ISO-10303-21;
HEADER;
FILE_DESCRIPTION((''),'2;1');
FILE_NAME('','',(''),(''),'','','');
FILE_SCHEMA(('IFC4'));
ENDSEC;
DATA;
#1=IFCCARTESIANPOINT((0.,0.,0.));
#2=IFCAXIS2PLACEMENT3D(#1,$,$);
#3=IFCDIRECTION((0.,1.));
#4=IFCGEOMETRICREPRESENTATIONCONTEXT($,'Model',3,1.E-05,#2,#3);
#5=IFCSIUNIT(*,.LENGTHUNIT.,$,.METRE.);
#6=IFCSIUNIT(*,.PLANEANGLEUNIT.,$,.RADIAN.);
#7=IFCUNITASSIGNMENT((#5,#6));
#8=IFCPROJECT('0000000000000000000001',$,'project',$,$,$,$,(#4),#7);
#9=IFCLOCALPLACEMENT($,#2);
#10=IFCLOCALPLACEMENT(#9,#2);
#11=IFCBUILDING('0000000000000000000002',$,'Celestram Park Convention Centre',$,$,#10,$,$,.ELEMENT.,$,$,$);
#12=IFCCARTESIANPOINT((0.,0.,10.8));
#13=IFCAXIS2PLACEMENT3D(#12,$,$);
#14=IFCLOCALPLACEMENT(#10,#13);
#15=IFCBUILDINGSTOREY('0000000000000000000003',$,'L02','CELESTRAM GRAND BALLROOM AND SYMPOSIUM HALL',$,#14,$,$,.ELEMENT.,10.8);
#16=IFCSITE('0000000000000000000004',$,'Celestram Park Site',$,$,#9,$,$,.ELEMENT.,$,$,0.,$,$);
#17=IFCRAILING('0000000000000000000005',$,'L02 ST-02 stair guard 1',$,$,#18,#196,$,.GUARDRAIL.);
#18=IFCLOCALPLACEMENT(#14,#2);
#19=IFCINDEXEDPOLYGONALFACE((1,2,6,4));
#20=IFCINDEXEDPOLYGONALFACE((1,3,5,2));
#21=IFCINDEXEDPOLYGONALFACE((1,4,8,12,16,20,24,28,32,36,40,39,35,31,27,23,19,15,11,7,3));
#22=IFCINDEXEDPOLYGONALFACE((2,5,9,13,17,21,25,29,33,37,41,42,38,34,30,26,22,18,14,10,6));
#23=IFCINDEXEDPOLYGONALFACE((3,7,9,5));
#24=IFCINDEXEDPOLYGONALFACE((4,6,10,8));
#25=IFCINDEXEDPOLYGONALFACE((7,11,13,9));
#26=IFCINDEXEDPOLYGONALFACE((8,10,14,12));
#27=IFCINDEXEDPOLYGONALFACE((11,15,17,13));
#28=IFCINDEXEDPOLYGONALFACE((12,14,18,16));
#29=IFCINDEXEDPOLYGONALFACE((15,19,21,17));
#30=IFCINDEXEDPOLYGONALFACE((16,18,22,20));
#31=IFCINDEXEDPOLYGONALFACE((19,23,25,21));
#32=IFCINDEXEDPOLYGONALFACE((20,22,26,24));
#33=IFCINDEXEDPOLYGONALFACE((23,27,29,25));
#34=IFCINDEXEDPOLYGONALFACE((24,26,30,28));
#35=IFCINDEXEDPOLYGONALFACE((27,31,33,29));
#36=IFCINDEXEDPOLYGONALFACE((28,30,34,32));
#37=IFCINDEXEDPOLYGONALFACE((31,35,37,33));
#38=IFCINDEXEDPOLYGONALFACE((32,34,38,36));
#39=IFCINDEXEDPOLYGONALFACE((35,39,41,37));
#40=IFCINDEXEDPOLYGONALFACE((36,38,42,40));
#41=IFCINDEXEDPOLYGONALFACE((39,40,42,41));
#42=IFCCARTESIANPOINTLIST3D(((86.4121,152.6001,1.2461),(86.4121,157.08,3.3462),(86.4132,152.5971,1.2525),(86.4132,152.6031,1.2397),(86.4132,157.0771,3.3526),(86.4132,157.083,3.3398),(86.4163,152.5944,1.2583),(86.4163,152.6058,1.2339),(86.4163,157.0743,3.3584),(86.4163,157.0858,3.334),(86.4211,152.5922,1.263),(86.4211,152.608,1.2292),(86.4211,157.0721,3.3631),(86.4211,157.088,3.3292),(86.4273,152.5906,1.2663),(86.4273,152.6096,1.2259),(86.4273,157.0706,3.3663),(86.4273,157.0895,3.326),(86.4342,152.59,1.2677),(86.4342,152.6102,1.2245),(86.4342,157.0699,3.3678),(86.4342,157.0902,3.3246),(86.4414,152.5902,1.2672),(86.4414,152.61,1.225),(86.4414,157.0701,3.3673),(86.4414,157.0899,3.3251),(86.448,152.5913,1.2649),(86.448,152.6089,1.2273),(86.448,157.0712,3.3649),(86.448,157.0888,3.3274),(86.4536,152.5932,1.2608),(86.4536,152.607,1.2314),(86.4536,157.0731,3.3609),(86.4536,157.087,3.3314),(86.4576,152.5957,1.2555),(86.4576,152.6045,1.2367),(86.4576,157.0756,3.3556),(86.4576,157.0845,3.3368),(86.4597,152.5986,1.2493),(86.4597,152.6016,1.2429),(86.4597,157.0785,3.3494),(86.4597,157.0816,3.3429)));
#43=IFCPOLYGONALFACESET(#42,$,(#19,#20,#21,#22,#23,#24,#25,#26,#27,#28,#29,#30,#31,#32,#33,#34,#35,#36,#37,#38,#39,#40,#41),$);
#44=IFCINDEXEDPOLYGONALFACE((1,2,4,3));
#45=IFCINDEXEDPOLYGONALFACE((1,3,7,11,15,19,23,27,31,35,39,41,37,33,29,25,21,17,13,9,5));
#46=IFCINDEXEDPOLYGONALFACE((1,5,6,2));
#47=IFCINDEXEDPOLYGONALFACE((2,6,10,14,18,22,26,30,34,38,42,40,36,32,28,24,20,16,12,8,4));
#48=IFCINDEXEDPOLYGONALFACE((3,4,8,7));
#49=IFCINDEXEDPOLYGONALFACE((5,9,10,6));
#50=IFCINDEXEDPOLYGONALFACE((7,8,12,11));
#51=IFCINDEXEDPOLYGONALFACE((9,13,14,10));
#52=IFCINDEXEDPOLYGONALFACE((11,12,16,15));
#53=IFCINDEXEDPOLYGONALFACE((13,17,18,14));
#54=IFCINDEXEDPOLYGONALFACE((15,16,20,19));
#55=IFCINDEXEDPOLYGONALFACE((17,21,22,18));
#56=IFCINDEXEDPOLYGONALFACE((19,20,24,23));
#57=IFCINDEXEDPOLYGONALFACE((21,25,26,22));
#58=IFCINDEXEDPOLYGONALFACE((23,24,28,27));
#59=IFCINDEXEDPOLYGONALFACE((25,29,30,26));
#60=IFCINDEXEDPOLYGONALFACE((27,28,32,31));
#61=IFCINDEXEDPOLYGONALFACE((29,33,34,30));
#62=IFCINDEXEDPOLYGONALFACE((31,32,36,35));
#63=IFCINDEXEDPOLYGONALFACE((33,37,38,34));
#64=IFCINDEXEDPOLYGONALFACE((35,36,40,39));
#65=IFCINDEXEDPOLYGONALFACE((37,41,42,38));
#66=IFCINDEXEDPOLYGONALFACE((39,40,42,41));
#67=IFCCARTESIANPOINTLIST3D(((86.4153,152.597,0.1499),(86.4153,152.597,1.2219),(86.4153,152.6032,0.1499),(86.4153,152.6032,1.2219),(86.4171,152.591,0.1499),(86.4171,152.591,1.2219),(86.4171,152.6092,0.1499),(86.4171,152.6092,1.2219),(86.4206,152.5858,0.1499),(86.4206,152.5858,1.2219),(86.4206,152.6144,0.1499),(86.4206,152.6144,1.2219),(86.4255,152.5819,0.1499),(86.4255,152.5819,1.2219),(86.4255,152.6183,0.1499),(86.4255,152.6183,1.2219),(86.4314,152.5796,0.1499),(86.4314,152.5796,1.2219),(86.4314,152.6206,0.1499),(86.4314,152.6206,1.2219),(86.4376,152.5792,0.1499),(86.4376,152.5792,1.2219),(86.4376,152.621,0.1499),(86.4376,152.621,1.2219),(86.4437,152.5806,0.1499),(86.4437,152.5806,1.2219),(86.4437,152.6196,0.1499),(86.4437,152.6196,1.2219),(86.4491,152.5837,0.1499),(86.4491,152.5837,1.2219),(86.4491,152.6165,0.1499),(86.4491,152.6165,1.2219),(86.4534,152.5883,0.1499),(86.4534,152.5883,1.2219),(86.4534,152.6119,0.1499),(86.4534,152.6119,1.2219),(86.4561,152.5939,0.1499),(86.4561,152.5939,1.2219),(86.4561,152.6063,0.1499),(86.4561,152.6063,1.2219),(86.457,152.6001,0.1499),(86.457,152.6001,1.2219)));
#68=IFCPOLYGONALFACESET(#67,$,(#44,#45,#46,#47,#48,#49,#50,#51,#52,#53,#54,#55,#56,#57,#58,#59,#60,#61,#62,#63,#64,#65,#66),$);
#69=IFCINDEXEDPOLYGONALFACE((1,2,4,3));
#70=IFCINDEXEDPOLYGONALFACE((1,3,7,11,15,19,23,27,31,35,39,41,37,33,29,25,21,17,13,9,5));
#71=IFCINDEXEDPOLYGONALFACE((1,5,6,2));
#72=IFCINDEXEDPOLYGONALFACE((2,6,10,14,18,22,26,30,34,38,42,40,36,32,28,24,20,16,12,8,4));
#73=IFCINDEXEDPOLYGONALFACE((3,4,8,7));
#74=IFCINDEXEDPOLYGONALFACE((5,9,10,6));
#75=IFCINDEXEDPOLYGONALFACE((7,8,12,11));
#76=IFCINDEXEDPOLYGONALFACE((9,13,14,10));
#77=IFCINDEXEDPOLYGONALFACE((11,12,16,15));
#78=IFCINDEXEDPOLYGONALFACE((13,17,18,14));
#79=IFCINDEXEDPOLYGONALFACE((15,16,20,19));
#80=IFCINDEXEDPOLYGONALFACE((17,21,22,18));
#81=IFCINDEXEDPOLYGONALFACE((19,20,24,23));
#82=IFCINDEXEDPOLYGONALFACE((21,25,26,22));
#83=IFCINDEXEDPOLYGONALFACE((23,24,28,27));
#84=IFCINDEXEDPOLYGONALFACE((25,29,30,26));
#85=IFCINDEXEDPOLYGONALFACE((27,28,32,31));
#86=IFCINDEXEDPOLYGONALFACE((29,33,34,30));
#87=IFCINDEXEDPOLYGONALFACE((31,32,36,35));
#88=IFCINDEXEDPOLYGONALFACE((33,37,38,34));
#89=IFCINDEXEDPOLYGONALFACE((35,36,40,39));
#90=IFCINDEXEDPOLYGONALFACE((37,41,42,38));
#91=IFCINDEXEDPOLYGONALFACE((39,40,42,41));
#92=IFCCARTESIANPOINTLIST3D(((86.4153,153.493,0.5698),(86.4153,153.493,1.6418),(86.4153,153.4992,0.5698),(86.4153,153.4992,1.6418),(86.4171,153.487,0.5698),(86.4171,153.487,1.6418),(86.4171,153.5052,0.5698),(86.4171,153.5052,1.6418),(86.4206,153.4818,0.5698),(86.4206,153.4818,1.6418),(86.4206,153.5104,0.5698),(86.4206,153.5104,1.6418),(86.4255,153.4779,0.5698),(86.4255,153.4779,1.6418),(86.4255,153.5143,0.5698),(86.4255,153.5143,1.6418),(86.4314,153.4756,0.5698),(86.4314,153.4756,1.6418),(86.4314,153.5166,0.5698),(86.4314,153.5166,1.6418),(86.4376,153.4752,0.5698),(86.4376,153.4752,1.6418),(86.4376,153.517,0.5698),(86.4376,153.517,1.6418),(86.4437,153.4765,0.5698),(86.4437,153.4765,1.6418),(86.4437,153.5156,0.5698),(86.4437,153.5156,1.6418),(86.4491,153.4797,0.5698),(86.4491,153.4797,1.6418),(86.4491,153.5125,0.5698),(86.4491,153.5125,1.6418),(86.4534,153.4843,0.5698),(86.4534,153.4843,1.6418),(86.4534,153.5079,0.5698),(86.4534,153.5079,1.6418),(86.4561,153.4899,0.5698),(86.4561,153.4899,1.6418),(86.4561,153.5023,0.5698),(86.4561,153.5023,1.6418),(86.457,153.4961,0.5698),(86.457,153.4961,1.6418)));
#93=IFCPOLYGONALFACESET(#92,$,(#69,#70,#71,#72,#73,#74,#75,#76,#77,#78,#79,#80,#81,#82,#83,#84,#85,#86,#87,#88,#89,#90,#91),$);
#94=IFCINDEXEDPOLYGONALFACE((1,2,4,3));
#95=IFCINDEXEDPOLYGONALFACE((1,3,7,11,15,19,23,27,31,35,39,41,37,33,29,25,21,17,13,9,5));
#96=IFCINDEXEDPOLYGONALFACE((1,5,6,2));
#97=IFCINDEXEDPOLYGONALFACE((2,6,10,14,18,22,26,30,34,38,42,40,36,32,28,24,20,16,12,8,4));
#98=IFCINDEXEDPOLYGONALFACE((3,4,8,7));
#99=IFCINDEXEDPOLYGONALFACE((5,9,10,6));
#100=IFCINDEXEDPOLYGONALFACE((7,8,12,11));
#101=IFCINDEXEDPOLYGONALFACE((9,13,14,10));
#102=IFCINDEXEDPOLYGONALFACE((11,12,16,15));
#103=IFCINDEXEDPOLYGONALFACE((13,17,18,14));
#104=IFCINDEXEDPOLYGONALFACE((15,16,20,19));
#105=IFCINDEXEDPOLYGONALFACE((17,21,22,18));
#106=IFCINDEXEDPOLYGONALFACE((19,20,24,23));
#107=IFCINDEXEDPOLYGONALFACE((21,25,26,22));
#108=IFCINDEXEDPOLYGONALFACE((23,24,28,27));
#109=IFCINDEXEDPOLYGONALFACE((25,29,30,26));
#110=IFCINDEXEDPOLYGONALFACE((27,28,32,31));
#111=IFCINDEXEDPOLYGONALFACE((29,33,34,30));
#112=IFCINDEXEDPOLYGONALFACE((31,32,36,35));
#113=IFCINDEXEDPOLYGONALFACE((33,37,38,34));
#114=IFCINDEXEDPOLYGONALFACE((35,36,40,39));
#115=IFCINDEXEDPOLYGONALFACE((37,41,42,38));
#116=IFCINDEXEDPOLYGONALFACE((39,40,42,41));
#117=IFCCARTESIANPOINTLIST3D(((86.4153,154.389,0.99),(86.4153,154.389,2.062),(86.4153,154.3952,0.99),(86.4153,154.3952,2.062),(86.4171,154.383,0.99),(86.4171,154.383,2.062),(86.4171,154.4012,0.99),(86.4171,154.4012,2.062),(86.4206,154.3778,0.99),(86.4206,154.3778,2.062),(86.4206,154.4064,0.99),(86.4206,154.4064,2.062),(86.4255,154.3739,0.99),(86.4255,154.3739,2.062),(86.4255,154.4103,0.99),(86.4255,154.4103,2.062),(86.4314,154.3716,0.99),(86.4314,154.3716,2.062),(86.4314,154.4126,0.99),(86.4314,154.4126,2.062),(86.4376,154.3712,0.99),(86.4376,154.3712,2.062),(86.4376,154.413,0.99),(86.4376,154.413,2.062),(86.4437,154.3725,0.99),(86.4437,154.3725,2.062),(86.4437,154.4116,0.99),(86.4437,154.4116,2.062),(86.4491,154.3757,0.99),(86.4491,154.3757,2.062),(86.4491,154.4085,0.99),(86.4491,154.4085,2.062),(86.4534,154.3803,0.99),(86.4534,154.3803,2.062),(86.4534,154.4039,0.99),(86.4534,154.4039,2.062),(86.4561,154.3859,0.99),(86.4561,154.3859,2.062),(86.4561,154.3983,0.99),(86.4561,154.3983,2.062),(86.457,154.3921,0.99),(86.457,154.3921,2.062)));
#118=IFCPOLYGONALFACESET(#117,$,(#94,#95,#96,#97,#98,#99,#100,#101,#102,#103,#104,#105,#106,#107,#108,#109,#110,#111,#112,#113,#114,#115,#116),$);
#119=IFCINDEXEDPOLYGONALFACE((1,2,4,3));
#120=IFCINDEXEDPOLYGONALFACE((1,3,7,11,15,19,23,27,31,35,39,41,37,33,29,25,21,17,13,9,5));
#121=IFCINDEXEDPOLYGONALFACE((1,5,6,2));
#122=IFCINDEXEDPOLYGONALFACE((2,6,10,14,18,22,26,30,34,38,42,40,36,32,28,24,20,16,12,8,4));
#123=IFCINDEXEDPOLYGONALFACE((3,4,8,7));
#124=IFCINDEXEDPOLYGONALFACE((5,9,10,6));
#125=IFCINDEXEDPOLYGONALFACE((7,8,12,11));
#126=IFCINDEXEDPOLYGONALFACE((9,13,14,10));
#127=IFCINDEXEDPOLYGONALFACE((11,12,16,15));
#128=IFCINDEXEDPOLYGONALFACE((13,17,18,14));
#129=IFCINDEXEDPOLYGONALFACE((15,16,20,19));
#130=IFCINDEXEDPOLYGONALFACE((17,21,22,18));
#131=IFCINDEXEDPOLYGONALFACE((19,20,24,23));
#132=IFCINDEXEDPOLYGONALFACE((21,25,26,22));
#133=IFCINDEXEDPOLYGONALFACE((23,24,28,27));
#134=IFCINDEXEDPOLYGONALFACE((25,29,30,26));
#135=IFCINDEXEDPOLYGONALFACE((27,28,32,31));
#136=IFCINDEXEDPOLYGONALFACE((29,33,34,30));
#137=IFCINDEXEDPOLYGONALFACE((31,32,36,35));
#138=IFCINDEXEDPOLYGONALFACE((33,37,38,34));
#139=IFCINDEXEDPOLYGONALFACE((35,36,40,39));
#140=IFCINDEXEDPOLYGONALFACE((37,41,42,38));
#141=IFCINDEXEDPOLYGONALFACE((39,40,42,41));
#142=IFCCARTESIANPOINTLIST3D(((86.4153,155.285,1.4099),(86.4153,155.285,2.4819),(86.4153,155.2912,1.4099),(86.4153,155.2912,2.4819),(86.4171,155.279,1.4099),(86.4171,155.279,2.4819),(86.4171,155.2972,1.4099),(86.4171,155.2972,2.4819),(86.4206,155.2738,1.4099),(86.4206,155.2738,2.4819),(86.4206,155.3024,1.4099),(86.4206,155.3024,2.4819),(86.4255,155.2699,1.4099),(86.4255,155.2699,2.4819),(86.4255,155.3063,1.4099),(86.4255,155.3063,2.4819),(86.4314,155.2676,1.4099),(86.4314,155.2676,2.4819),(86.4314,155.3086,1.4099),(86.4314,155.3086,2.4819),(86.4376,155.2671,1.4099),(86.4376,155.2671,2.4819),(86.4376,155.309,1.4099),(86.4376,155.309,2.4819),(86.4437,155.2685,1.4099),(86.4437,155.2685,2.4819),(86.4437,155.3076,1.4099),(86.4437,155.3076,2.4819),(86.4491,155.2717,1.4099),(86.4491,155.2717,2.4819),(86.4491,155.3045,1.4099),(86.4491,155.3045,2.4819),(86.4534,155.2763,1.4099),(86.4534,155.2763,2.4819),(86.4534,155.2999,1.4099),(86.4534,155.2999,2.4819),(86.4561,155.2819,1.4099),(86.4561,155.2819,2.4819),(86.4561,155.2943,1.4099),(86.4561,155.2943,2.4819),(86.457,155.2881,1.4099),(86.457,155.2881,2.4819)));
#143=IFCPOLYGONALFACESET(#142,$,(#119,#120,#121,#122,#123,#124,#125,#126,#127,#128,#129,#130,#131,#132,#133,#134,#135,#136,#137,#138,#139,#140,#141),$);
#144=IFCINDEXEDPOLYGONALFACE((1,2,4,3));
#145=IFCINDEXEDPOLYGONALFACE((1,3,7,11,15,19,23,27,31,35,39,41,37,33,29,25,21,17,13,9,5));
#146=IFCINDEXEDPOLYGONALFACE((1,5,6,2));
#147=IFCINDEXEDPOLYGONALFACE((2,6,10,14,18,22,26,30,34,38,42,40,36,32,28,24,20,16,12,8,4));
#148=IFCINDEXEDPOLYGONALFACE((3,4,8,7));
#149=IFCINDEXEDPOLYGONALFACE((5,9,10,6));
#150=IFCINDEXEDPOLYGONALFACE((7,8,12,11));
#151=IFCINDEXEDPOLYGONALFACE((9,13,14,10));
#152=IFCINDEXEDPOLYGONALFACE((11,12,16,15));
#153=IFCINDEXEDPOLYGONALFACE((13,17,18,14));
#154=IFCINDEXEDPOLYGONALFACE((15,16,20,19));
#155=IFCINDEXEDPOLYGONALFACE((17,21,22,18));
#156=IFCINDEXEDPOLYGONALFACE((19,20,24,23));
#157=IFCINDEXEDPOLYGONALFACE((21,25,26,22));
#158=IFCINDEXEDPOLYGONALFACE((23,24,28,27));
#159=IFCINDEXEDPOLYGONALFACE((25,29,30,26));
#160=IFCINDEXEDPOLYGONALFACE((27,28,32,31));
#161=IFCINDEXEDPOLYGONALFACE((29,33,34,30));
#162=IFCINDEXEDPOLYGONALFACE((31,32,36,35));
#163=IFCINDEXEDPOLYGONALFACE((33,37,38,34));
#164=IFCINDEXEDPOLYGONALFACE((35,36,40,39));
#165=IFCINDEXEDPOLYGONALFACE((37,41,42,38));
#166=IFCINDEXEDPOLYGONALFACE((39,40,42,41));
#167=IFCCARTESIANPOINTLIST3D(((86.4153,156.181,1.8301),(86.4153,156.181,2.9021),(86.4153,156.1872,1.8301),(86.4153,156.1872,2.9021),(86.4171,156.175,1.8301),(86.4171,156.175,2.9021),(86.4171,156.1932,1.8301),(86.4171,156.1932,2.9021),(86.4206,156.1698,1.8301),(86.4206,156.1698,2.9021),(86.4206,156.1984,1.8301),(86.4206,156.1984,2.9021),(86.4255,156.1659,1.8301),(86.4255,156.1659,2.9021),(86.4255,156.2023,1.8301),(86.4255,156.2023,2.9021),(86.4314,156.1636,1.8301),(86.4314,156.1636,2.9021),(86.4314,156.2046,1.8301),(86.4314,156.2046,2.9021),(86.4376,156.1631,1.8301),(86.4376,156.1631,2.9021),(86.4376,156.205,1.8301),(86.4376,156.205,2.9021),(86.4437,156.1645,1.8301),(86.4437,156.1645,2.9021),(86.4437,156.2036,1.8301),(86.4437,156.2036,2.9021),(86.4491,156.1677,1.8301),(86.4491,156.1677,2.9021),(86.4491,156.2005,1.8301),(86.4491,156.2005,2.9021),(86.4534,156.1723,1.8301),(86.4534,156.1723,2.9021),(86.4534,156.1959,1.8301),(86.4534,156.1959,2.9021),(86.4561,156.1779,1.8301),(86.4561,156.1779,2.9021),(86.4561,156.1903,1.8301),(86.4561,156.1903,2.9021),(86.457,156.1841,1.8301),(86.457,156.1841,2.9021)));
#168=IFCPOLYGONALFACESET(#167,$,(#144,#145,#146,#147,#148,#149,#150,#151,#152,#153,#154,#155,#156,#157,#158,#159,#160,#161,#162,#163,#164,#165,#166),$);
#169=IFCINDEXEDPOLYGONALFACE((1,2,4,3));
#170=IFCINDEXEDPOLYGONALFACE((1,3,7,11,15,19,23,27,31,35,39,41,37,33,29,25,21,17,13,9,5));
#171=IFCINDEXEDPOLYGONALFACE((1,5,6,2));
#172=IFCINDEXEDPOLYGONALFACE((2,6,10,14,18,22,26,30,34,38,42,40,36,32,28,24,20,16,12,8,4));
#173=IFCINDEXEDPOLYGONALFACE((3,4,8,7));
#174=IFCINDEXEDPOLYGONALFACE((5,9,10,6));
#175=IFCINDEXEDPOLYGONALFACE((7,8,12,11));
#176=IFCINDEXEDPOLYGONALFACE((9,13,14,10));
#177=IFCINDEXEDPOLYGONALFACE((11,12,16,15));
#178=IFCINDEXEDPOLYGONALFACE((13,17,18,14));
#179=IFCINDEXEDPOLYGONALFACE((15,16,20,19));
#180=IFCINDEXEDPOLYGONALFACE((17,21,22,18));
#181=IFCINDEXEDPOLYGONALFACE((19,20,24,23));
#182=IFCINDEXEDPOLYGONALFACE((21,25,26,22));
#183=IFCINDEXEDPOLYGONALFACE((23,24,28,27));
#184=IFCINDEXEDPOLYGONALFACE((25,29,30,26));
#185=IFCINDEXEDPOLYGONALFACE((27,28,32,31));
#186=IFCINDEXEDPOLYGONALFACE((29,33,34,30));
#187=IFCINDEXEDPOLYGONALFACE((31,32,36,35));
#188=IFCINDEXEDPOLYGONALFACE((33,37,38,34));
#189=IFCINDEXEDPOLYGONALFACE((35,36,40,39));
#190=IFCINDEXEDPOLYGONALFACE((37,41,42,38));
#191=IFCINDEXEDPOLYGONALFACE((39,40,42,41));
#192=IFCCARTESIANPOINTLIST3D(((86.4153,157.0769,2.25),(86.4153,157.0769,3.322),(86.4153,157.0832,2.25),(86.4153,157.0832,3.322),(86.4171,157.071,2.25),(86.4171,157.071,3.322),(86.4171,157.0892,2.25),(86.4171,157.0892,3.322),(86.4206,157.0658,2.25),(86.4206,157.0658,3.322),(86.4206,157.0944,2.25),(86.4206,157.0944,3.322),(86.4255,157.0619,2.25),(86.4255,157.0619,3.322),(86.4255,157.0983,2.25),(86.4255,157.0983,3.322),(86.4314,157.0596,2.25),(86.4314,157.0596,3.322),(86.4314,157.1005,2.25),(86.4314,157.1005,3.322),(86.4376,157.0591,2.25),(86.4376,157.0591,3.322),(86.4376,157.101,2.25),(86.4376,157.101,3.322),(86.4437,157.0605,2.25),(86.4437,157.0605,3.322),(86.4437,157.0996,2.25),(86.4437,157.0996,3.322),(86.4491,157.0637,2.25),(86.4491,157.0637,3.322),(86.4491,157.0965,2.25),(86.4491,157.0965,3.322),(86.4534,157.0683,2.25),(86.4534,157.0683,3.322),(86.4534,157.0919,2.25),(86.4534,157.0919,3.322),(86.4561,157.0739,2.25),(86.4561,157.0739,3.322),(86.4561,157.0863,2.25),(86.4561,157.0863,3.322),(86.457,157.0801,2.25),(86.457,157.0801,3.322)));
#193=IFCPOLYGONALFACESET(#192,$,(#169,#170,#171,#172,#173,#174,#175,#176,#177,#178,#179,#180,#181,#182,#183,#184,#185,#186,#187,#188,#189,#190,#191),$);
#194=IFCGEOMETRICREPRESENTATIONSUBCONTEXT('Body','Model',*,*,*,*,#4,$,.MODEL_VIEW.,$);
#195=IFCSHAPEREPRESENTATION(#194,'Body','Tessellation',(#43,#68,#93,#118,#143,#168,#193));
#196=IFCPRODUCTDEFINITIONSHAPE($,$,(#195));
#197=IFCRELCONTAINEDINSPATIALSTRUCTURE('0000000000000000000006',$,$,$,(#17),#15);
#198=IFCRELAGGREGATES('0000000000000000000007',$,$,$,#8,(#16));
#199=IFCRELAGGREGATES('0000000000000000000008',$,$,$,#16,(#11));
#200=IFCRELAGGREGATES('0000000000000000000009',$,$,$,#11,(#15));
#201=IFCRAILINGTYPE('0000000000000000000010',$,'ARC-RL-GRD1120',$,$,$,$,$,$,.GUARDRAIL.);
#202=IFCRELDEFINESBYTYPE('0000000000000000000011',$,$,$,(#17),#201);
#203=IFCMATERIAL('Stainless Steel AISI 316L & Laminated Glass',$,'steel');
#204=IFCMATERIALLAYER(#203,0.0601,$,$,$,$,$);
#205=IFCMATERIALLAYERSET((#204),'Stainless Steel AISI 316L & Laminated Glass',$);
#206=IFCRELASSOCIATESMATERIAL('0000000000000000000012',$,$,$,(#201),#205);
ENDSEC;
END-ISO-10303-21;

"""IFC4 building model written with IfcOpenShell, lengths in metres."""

from ifc_helpers import new_model, si_unit, direction, frame, origin, origin_2d, place, context, subcontext, project, spatial, circle, extrude, material, layer, layer_set, type_object, element, save


model = new_model("IFC4")

# Units and contexts
model_context = context("Model", 3, precision=1e-05, world=origin(), true_north=direction((0.0, 1.0)))
body_context = subcontext(model_context, "Body", "Model", "MODEL_VIEW")
ifc_project = project(units=[si_unit("LENGTHUNIT", "METRE"), si_unit("PLANEANGLEUNIT", "RADIAN")], contexts=[model_context])

# Site, building, storey
site_placement = place(None, origin())
site = spatial("IfcSite", under=ifc_project, at=site_placement, Name="Celestram Park Site", CompositionType="ELEMENT", RefElevation=0.0)
building_placement = place(site_placement, origin())
building = spatial("IfcBuilding", under=site, at=building_placement, Name="Celestram Park Convention Centre", CompositionType="ELEMENT")
storey_placement = place(building_placement, frame((0.0, 0.0, 10.8)))
storey = spatial("IfcBuildingStorey", under=building, at=storey_placement, Name="L02", Description="CELESTRAM GRAND BALLROOM AND SYMPOSIUM HALL", CompositionType="ELEMENT", Elevation=10.8)

# Railing
ifc_material_1 = material(Name="Stainless Steel AISI 316L & Laminated Glass", Category="steel")
ifc_layer_1 = layer(ifc_material_1, 0.0601)
ifc_layer_set_1 = layer_set([ifc_layer_1], Name="Stainless Steel AISI 316L & Laminated Glass")
railing_type_1 = type_object("IfcRailingType", Name="ARC-RL-GRD1120", PredefinedType="GUARDRAIL", material=ifc_layer_set_1)
railing_1_placement = place(storey_placement, frame((86.436, 152.6001, 0.1499)))
element("IfcRailing", 1, at=railing_1_placement, inside=storey, type_object=railing_type_1, Name="L02 ST-02 stair guard 1", PredefinedType="GUARDRAIL", context=body_context, shape_type="SweptSolid", body=[
    extrude(circle(Radius=0.0239, at=origin_2d()), frame((0.0, 0.0, 1.0962), z_axis=(0.0, 0.905451, 0.424452), x_axis=(-1.0, 0.0, 0.0)), (0.0, 0.0, 1.0), 4.9478),
    extrude(circle(Radius=0.021, at=origin_2d()), origin(), (0.0, 0.0, 1.0), 1.072),
    extrude(circle(Radius=0.021, at=origin_2d()), frame((0.0, 0.896, 0.4199)), (0.0, 0.0, 1.0), 1.072),
    extrude(circle(Radius=0.021, at=origin_2d()), frame((0.0, 1.792, 0.8401)), (0.0, 0.0, 1.0), 1.072),
    extrude(circle(Radius=0.021, at=origin_2d()), frame((0.0, 2.688, 1.26)), (0.0, 0.0, 1.0), 1.072),
    extrude(circle(Radius=0.021, at=origin_2d()), frame((0.0, 3.584, 1.6802)), (0.0, 0.0, 1.0), 1.072),
    extrude(circle(Radius=0.021, at=origin_2d()), frame((0.0, 4.48, 2.1001)), (0.0, 0.0, 1.0), 1.072),
])

save(model, "model.ifc")
